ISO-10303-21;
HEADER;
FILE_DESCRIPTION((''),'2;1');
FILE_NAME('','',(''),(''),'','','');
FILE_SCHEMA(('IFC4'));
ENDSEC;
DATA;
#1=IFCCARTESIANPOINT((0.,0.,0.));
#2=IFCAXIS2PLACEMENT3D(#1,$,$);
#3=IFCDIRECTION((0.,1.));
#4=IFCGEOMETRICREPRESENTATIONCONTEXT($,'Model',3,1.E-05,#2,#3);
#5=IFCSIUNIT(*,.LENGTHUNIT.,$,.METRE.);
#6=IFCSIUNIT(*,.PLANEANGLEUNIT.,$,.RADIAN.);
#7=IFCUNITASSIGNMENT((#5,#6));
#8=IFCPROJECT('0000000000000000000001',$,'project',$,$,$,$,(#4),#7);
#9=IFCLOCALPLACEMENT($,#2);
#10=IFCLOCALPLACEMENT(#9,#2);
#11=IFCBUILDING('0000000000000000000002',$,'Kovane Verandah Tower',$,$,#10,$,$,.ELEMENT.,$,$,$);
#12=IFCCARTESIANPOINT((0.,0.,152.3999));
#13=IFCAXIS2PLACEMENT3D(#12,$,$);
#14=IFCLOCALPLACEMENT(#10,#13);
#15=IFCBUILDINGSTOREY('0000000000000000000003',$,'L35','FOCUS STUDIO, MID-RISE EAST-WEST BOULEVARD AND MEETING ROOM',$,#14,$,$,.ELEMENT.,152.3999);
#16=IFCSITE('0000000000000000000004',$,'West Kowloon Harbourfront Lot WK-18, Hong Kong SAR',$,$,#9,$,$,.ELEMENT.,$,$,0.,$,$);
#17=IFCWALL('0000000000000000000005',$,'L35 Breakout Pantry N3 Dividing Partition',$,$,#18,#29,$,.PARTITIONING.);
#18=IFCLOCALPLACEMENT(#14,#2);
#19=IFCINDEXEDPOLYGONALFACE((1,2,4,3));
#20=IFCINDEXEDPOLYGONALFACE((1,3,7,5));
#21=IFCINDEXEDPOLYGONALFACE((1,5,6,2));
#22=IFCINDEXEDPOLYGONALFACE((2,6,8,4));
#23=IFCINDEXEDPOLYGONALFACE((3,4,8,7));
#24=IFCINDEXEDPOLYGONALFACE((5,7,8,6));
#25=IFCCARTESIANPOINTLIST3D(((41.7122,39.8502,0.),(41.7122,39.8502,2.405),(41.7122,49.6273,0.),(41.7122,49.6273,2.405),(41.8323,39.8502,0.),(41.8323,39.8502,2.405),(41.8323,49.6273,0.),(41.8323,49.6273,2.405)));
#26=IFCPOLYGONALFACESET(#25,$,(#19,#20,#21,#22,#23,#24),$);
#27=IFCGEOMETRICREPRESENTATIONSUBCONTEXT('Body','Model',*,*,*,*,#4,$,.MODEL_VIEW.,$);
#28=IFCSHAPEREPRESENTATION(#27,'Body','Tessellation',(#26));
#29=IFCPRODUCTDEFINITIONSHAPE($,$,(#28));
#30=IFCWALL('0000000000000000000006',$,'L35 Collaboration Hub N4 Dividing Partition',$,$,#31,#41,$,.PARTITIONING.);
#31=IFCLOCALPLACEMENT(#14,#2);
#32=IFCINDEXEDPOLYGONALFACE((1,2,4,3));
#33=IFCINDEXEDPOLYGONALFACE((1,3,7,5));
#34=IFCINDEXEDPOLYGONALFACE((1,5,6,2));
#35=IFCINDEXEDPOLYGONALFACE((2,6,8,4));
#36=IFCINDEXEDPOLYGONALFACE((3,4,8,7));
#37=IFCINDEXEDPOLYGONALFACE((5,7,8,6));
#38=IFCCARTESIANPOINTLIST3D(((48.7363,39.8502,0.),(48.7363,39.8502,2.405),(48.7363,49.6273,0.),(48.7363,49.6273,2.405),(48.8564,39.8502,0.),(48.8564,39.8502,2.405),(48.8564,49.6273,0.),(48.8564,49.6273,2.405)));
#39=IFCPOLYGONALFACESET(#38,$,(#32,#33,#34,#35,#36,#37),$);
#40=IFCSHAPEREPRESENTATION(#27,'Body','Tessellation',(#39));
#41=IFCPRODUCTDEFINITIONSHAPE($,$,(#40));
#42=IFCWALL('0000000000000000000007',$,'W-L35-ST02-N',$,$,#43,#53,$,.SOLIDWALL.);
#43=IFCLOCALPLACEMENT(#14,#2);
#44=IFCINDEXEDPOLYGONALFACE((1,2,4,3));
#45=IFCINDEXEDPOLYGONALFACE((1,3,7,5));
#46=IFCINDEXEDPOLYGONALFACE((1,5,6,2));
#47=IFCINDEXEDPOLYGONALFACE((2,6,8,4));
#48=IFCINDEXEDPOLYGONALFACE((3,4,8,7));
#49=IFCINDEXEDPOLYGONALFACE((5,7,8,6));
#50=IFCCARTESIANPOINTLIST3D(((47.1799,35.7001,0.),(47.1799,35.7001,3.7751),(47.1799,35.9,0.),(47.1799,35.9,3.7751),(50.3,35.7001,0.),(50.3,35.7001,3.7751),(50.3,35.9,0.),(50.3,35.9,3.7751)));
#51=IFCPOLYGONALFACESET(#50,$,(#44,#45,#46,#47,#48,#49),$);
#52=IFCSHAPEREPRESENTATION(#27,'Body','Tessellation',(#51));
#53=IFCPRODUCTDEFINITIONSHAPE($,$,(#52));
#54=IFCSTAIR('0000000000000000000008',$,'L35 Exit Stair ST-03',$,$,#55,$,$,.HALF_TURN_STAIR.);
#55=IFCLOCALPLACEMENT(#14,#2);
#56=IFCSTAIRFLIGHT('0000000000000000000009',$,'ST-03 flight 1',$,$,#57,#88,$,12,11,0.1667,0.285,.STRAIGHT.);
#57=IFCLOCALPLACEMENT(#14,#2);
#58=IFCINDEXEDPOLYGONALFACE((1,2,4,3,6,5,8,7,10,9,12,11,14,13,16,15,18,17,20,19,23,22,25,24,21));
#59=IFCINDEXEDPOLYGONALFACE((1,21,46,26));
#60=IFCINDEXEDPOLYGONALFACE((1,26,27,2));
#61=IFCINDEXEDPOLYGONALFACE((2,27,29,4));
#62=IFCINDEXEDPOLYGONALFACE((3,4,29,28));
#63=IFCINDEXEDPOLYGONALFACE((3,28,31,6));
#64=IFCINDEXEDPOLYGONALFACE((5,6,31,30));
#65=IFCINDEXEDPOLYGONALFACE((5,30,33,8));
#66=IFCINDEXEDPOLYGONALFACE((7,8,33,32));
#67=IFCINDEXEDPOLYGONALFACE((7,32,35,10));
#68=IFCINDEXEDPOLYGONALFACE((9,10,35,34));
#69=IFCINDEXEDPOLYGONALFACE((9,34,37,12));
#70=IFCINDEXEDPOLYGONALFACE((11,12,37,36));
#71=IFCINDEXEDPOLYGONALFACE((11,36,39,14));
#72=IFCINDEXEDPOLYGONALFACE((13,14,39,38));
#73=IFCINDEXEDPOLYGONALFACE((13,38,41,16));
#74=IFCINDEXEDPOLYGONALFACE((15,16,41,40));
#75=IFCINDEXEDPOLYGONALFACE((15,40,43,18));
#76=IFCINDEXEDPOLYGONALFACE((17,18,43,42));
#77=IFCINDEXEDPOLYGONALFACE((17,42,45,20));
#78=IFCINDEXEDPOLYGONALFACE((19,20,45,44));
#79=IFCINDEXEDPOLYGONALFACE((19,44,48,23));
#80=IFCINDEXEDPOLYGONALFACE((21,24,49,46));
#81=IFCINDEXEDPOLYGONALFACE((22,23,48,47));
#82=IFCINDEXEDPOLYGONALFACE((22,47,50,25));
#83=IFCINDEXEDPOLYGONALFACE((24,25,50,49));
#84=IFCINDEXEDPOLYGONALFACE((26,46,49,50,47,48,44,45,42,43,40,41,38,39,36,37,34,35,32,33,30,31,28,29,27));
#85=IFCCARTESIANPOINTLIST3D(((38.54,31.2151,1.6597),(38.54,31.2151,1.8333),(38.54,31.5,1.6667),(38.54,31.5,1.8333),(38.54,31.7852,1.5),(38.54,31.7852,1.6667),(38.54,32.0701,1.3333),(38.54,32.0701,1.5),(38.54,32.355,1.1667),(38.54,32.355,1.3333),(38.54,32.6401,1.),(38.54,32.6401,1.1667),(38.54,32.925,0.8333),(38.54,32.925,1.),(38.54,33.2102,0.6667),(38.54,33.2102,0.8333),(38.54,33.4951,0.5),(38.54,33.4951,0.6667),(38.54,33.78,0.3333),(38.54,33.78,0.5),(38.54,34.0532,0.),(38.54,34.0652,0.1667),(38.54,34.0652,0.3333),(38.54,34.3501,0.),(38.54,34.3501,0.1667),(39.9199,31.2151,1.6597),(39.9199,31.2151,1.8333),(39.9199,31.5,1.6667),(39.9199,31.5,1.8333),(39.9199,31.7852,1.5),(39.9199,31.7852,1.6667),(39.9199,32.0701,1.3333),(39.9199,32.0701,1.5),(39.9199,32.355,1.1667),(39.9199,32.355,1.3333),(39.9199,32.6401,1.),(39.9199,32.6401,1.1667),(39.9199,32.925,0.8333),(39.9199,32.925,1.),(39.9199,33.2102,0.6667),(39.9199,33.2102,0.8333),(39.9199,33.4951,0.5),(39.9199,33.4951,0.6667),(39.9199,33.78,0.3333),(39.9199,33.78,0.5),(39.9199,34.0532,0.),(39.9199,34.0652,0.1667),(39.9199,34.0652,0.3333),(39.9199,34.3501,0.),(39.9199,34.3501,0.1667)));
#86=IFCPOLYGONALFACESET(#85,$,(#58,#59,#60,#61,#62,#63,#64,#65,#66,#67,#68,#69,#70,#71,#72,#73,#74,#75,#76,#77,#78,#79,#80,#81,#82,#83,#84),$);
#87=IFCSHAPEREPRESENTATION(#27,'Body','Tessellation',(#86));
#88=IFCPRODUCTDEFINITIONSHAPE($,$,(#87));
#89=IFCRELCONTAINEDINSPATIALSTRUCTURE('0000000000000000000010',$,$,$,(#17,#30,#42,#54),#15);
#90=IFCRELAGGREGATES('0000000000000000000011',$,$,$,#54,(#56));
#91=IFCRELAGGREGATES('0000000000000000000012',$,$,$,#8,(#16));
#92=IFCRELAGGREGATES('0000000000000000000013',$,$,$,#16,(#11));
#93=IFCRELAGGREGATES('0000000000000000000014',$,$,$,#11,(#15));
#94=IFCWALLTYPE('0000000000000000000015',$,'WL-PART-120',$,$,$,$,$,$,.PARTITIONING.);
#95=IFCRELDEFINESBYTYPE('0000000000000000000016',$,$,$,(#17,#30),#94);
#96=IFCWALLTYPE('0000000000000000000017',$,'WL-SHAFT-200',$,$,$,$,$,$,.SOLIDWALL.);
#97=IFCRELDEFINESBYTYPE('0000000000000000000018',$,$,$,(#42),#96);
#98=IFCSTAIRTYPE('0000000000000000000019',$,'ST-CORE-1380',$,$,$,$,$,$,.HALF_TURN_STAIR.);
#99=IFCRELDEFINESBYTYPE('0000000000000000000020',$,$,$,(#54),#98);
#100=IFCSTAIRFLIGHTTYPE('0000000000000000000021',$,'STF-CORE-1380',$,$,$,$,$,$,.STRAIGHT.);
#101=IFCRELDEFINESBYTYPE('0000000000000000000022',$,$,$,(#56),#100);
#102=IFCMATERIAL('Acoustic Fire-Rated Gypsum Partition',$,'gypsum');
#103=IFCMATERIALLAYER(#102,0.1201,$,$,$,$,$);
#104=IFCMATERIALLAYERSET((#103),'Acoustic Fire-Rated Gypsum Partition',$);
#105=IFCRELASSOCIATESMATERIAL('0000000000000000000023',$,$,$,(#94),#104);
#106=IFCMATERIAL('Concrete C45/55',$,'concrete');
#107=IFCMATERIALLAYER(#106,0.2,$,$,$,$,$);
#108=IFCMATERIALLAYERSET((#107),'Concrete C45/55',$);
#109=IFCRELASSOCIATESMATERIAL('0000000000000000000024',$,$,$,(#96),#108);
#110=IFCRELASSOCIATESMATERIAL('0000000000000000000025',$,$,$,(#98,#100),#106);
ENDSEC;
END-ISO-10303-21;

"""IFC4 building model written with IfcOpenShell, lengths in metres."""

from ifc_helpers import new_model, si_unit, direction, frame, frame_2d, origin, place, context, subcontext, project, spatial, polyline, rectangle, outline, extrude, material, layer, layer_set, type_object, element, aggregate, save


model = new_model("IFC4")

# Units and contexts
model_context = context("Model", 3, precision=1e-05, world=origin(), true_north=direction((0.0, 1.0)))
body_context = subcontext(model_context, "Body", "Model", "MODEL_VIEW")
ifc_project = project(units=[si_unit("LENGTHUNIT", "METRE"), si_unit("PLANEANGLEUNIT", "RADIAN")], contexts=[model_context])

# Site, building, storey
site_placement = place(None, origin())
site = spatial("IfcSite", under=ifc_project, at=site_placement, Name="West Kowloon Harbourfront Lot WK-18, Hong Kong SAR", CompositionType="ELEMENT", RefElevation=0.0)
building_placement = place(site_placement, origin())
building = spatial("IfcBuilding", under=site, at=building_placement, Name="Kovane Verandah Tower", CompositionType="ELEMENT")
storey_placement = place(building_placement, frame((0.0, 0.0, 152.3999)))
storey = spatial("IfcBuildingStorey", under=building, at=storey_placement, Name="L35", Description="FOCUS STUDIO, MID-RISE EAST-WEST BOULEVARD AND MEETING ROOM", CompositionType="ELEMENT", Elevation=152.3999)

# Walls
ifc_material_1 = material(Name="Acoustic Fire-Rated Gypsum Partition", Category="gypsum")
ifc_layer_1 = layer(ifc_material_1, 0.1201)
ifc_layer_set_1 = layer_set([ifc_layer_1], Name="Acoustic Fire-Rated Gypsum Partition")
wall_type_1 = type_object("IfcWallType", Name="WL-PART-120", PredefinedType="PARTITIONING", material=ifc_layer_set_1)
for number, where, z_axis, x_axis, name in (
    (1, (41.7722, 39.8501, 0.0), (0.0, 0.0, 1.0), (0.0, 1.0, 0.0), "L35 Breakout Pantry N3 Dividing Partition"),
    (2, (48.7964, 39.8501, 0.0), (0.0, 0.0, 1.0), (0.0, 1.0, 0.0), "L35 Collaboration Hub N4 Dividing Partition"),
):
    element("IfcWall", number, at=place(storey_placement, frame(where, z_axis=z_axis, x_axis=x_axis)), inside=storey, type_object=wall_type_1, Name=name, PredefinedType="PARTITIONING", context=body_context, shape_type="SweptSolid", body=[
        extrude(rectangle(XDim=9.7771, YDim=0.1201, at=frame_2d((4.8887, 0.0))), origin(), (0.0, 0.0, 1.0), 2.405),
    ])
ifc_material_2 = material(Name="Concrete C45/55", Category="concrete")
ifc_layer_2 = layer(ifc_material_2, 0.2)
ifc_layer_set_2 = layer_set([ifc_layer_2], Name="Concrete C45/55")
wall_type_2 = type_object("IfcWallType", Name="WL-SHAFT-200", PredefinedType="SOLIDWALL", material=ifc_layer_set_2)
wall_1_placement = place(storey_placement, frame((47.1799, 35.8, 0.0), z_axis=(0.0, 0.0, 1.0), x_axis=(1.0, 0.0, 0.0)))
element("IfcWall", 3, at=wall_1_placement, inside=storey, type_object=wall_type_2, Name="W-L35-ST02-N", PredefinedType="SOLIDWALL", context=body_context, shape_type="SweptSolid", body=[
    extrude(rectangle(XDim=3.1201, YDim=0.2, at=frame_2d((1.5601, 0.0))), origin(), (0.0, 0.0, 1.0), 3.7751),
])

# Stair, stair flight
stair_type = type_object("IfcStairType", Name="ST-CORE-1380", PredefinedType="HALF_TURN_STAIR", material=ifc_material_2)
stair_placement = place(storey_placement, origin())
stair = element("IfcStair", 4, at=stair_placement, inside=storey, type_object=stair_type, Name="L35 Exit Stair ST-03", PredefinedType="HALF_TURN_STAIR")
stair_flight_type = type_object("IfcStairFlightType", Name="STF-CORE-1380", PredefinedType="STRAIGHT", material=ifc_material_2)
stair_flight_placement = place(storey_placement, frame((39.23, 34.3501, 0.0), z_axis=(0.0, 0.0, 1.0), x_axis=(0.0, -1.0, 0.0)))
stair_flight = element("IfcStairFlight", 5, at=stair_flight_placement, type_object=stair_flight_type, Name="ST-03 flight 1", NumberOfRisers=12, NumberOfTreads=11, PredefinedType="STRAIGHT", RiserHeight=0.1667, TreadLength=0.285, context=body_context, shape_type="SweptSolid", body=[
    extrude(outline(polyline([(0.0, 0.0), (0.0, 0.1667), (0.2849, 0.1667), (0.2849, 0.3333), (0.5701, 0.3333), (0.5701, 0.5), (0.855, 0.5), (0.855, 0.6667), (1.1399, 0.6667), (1.1399, 0.8333), (1.425, 0.8333), (1.425, 1.0), (1.71, 1.0), (1.71, 1.1667), (1.9951, 1.1667), (1.9951, 1.3333), (2.28, 1.3333), (2.28, 1.5), (2.5649, 1.5), (2.5649, 1.6667), (2.8501, 1.6667), (2.8501, 1.8333), (3.135, 1.8333), (3.135, 2.0), (3.135, 1.6597), (0.2969, 0.0), (0.0, 0.0)])), frame((0.0, 0.6899, 0.0), z_axis=(0.0, -1.0, 0.0), x_axis=(1.0, 0.0, 0.0)), (0.0, 0.0, 1.0), 1.3799),
])
aggregate(stair, [stair_flight])

save(model, "model.ifc")
